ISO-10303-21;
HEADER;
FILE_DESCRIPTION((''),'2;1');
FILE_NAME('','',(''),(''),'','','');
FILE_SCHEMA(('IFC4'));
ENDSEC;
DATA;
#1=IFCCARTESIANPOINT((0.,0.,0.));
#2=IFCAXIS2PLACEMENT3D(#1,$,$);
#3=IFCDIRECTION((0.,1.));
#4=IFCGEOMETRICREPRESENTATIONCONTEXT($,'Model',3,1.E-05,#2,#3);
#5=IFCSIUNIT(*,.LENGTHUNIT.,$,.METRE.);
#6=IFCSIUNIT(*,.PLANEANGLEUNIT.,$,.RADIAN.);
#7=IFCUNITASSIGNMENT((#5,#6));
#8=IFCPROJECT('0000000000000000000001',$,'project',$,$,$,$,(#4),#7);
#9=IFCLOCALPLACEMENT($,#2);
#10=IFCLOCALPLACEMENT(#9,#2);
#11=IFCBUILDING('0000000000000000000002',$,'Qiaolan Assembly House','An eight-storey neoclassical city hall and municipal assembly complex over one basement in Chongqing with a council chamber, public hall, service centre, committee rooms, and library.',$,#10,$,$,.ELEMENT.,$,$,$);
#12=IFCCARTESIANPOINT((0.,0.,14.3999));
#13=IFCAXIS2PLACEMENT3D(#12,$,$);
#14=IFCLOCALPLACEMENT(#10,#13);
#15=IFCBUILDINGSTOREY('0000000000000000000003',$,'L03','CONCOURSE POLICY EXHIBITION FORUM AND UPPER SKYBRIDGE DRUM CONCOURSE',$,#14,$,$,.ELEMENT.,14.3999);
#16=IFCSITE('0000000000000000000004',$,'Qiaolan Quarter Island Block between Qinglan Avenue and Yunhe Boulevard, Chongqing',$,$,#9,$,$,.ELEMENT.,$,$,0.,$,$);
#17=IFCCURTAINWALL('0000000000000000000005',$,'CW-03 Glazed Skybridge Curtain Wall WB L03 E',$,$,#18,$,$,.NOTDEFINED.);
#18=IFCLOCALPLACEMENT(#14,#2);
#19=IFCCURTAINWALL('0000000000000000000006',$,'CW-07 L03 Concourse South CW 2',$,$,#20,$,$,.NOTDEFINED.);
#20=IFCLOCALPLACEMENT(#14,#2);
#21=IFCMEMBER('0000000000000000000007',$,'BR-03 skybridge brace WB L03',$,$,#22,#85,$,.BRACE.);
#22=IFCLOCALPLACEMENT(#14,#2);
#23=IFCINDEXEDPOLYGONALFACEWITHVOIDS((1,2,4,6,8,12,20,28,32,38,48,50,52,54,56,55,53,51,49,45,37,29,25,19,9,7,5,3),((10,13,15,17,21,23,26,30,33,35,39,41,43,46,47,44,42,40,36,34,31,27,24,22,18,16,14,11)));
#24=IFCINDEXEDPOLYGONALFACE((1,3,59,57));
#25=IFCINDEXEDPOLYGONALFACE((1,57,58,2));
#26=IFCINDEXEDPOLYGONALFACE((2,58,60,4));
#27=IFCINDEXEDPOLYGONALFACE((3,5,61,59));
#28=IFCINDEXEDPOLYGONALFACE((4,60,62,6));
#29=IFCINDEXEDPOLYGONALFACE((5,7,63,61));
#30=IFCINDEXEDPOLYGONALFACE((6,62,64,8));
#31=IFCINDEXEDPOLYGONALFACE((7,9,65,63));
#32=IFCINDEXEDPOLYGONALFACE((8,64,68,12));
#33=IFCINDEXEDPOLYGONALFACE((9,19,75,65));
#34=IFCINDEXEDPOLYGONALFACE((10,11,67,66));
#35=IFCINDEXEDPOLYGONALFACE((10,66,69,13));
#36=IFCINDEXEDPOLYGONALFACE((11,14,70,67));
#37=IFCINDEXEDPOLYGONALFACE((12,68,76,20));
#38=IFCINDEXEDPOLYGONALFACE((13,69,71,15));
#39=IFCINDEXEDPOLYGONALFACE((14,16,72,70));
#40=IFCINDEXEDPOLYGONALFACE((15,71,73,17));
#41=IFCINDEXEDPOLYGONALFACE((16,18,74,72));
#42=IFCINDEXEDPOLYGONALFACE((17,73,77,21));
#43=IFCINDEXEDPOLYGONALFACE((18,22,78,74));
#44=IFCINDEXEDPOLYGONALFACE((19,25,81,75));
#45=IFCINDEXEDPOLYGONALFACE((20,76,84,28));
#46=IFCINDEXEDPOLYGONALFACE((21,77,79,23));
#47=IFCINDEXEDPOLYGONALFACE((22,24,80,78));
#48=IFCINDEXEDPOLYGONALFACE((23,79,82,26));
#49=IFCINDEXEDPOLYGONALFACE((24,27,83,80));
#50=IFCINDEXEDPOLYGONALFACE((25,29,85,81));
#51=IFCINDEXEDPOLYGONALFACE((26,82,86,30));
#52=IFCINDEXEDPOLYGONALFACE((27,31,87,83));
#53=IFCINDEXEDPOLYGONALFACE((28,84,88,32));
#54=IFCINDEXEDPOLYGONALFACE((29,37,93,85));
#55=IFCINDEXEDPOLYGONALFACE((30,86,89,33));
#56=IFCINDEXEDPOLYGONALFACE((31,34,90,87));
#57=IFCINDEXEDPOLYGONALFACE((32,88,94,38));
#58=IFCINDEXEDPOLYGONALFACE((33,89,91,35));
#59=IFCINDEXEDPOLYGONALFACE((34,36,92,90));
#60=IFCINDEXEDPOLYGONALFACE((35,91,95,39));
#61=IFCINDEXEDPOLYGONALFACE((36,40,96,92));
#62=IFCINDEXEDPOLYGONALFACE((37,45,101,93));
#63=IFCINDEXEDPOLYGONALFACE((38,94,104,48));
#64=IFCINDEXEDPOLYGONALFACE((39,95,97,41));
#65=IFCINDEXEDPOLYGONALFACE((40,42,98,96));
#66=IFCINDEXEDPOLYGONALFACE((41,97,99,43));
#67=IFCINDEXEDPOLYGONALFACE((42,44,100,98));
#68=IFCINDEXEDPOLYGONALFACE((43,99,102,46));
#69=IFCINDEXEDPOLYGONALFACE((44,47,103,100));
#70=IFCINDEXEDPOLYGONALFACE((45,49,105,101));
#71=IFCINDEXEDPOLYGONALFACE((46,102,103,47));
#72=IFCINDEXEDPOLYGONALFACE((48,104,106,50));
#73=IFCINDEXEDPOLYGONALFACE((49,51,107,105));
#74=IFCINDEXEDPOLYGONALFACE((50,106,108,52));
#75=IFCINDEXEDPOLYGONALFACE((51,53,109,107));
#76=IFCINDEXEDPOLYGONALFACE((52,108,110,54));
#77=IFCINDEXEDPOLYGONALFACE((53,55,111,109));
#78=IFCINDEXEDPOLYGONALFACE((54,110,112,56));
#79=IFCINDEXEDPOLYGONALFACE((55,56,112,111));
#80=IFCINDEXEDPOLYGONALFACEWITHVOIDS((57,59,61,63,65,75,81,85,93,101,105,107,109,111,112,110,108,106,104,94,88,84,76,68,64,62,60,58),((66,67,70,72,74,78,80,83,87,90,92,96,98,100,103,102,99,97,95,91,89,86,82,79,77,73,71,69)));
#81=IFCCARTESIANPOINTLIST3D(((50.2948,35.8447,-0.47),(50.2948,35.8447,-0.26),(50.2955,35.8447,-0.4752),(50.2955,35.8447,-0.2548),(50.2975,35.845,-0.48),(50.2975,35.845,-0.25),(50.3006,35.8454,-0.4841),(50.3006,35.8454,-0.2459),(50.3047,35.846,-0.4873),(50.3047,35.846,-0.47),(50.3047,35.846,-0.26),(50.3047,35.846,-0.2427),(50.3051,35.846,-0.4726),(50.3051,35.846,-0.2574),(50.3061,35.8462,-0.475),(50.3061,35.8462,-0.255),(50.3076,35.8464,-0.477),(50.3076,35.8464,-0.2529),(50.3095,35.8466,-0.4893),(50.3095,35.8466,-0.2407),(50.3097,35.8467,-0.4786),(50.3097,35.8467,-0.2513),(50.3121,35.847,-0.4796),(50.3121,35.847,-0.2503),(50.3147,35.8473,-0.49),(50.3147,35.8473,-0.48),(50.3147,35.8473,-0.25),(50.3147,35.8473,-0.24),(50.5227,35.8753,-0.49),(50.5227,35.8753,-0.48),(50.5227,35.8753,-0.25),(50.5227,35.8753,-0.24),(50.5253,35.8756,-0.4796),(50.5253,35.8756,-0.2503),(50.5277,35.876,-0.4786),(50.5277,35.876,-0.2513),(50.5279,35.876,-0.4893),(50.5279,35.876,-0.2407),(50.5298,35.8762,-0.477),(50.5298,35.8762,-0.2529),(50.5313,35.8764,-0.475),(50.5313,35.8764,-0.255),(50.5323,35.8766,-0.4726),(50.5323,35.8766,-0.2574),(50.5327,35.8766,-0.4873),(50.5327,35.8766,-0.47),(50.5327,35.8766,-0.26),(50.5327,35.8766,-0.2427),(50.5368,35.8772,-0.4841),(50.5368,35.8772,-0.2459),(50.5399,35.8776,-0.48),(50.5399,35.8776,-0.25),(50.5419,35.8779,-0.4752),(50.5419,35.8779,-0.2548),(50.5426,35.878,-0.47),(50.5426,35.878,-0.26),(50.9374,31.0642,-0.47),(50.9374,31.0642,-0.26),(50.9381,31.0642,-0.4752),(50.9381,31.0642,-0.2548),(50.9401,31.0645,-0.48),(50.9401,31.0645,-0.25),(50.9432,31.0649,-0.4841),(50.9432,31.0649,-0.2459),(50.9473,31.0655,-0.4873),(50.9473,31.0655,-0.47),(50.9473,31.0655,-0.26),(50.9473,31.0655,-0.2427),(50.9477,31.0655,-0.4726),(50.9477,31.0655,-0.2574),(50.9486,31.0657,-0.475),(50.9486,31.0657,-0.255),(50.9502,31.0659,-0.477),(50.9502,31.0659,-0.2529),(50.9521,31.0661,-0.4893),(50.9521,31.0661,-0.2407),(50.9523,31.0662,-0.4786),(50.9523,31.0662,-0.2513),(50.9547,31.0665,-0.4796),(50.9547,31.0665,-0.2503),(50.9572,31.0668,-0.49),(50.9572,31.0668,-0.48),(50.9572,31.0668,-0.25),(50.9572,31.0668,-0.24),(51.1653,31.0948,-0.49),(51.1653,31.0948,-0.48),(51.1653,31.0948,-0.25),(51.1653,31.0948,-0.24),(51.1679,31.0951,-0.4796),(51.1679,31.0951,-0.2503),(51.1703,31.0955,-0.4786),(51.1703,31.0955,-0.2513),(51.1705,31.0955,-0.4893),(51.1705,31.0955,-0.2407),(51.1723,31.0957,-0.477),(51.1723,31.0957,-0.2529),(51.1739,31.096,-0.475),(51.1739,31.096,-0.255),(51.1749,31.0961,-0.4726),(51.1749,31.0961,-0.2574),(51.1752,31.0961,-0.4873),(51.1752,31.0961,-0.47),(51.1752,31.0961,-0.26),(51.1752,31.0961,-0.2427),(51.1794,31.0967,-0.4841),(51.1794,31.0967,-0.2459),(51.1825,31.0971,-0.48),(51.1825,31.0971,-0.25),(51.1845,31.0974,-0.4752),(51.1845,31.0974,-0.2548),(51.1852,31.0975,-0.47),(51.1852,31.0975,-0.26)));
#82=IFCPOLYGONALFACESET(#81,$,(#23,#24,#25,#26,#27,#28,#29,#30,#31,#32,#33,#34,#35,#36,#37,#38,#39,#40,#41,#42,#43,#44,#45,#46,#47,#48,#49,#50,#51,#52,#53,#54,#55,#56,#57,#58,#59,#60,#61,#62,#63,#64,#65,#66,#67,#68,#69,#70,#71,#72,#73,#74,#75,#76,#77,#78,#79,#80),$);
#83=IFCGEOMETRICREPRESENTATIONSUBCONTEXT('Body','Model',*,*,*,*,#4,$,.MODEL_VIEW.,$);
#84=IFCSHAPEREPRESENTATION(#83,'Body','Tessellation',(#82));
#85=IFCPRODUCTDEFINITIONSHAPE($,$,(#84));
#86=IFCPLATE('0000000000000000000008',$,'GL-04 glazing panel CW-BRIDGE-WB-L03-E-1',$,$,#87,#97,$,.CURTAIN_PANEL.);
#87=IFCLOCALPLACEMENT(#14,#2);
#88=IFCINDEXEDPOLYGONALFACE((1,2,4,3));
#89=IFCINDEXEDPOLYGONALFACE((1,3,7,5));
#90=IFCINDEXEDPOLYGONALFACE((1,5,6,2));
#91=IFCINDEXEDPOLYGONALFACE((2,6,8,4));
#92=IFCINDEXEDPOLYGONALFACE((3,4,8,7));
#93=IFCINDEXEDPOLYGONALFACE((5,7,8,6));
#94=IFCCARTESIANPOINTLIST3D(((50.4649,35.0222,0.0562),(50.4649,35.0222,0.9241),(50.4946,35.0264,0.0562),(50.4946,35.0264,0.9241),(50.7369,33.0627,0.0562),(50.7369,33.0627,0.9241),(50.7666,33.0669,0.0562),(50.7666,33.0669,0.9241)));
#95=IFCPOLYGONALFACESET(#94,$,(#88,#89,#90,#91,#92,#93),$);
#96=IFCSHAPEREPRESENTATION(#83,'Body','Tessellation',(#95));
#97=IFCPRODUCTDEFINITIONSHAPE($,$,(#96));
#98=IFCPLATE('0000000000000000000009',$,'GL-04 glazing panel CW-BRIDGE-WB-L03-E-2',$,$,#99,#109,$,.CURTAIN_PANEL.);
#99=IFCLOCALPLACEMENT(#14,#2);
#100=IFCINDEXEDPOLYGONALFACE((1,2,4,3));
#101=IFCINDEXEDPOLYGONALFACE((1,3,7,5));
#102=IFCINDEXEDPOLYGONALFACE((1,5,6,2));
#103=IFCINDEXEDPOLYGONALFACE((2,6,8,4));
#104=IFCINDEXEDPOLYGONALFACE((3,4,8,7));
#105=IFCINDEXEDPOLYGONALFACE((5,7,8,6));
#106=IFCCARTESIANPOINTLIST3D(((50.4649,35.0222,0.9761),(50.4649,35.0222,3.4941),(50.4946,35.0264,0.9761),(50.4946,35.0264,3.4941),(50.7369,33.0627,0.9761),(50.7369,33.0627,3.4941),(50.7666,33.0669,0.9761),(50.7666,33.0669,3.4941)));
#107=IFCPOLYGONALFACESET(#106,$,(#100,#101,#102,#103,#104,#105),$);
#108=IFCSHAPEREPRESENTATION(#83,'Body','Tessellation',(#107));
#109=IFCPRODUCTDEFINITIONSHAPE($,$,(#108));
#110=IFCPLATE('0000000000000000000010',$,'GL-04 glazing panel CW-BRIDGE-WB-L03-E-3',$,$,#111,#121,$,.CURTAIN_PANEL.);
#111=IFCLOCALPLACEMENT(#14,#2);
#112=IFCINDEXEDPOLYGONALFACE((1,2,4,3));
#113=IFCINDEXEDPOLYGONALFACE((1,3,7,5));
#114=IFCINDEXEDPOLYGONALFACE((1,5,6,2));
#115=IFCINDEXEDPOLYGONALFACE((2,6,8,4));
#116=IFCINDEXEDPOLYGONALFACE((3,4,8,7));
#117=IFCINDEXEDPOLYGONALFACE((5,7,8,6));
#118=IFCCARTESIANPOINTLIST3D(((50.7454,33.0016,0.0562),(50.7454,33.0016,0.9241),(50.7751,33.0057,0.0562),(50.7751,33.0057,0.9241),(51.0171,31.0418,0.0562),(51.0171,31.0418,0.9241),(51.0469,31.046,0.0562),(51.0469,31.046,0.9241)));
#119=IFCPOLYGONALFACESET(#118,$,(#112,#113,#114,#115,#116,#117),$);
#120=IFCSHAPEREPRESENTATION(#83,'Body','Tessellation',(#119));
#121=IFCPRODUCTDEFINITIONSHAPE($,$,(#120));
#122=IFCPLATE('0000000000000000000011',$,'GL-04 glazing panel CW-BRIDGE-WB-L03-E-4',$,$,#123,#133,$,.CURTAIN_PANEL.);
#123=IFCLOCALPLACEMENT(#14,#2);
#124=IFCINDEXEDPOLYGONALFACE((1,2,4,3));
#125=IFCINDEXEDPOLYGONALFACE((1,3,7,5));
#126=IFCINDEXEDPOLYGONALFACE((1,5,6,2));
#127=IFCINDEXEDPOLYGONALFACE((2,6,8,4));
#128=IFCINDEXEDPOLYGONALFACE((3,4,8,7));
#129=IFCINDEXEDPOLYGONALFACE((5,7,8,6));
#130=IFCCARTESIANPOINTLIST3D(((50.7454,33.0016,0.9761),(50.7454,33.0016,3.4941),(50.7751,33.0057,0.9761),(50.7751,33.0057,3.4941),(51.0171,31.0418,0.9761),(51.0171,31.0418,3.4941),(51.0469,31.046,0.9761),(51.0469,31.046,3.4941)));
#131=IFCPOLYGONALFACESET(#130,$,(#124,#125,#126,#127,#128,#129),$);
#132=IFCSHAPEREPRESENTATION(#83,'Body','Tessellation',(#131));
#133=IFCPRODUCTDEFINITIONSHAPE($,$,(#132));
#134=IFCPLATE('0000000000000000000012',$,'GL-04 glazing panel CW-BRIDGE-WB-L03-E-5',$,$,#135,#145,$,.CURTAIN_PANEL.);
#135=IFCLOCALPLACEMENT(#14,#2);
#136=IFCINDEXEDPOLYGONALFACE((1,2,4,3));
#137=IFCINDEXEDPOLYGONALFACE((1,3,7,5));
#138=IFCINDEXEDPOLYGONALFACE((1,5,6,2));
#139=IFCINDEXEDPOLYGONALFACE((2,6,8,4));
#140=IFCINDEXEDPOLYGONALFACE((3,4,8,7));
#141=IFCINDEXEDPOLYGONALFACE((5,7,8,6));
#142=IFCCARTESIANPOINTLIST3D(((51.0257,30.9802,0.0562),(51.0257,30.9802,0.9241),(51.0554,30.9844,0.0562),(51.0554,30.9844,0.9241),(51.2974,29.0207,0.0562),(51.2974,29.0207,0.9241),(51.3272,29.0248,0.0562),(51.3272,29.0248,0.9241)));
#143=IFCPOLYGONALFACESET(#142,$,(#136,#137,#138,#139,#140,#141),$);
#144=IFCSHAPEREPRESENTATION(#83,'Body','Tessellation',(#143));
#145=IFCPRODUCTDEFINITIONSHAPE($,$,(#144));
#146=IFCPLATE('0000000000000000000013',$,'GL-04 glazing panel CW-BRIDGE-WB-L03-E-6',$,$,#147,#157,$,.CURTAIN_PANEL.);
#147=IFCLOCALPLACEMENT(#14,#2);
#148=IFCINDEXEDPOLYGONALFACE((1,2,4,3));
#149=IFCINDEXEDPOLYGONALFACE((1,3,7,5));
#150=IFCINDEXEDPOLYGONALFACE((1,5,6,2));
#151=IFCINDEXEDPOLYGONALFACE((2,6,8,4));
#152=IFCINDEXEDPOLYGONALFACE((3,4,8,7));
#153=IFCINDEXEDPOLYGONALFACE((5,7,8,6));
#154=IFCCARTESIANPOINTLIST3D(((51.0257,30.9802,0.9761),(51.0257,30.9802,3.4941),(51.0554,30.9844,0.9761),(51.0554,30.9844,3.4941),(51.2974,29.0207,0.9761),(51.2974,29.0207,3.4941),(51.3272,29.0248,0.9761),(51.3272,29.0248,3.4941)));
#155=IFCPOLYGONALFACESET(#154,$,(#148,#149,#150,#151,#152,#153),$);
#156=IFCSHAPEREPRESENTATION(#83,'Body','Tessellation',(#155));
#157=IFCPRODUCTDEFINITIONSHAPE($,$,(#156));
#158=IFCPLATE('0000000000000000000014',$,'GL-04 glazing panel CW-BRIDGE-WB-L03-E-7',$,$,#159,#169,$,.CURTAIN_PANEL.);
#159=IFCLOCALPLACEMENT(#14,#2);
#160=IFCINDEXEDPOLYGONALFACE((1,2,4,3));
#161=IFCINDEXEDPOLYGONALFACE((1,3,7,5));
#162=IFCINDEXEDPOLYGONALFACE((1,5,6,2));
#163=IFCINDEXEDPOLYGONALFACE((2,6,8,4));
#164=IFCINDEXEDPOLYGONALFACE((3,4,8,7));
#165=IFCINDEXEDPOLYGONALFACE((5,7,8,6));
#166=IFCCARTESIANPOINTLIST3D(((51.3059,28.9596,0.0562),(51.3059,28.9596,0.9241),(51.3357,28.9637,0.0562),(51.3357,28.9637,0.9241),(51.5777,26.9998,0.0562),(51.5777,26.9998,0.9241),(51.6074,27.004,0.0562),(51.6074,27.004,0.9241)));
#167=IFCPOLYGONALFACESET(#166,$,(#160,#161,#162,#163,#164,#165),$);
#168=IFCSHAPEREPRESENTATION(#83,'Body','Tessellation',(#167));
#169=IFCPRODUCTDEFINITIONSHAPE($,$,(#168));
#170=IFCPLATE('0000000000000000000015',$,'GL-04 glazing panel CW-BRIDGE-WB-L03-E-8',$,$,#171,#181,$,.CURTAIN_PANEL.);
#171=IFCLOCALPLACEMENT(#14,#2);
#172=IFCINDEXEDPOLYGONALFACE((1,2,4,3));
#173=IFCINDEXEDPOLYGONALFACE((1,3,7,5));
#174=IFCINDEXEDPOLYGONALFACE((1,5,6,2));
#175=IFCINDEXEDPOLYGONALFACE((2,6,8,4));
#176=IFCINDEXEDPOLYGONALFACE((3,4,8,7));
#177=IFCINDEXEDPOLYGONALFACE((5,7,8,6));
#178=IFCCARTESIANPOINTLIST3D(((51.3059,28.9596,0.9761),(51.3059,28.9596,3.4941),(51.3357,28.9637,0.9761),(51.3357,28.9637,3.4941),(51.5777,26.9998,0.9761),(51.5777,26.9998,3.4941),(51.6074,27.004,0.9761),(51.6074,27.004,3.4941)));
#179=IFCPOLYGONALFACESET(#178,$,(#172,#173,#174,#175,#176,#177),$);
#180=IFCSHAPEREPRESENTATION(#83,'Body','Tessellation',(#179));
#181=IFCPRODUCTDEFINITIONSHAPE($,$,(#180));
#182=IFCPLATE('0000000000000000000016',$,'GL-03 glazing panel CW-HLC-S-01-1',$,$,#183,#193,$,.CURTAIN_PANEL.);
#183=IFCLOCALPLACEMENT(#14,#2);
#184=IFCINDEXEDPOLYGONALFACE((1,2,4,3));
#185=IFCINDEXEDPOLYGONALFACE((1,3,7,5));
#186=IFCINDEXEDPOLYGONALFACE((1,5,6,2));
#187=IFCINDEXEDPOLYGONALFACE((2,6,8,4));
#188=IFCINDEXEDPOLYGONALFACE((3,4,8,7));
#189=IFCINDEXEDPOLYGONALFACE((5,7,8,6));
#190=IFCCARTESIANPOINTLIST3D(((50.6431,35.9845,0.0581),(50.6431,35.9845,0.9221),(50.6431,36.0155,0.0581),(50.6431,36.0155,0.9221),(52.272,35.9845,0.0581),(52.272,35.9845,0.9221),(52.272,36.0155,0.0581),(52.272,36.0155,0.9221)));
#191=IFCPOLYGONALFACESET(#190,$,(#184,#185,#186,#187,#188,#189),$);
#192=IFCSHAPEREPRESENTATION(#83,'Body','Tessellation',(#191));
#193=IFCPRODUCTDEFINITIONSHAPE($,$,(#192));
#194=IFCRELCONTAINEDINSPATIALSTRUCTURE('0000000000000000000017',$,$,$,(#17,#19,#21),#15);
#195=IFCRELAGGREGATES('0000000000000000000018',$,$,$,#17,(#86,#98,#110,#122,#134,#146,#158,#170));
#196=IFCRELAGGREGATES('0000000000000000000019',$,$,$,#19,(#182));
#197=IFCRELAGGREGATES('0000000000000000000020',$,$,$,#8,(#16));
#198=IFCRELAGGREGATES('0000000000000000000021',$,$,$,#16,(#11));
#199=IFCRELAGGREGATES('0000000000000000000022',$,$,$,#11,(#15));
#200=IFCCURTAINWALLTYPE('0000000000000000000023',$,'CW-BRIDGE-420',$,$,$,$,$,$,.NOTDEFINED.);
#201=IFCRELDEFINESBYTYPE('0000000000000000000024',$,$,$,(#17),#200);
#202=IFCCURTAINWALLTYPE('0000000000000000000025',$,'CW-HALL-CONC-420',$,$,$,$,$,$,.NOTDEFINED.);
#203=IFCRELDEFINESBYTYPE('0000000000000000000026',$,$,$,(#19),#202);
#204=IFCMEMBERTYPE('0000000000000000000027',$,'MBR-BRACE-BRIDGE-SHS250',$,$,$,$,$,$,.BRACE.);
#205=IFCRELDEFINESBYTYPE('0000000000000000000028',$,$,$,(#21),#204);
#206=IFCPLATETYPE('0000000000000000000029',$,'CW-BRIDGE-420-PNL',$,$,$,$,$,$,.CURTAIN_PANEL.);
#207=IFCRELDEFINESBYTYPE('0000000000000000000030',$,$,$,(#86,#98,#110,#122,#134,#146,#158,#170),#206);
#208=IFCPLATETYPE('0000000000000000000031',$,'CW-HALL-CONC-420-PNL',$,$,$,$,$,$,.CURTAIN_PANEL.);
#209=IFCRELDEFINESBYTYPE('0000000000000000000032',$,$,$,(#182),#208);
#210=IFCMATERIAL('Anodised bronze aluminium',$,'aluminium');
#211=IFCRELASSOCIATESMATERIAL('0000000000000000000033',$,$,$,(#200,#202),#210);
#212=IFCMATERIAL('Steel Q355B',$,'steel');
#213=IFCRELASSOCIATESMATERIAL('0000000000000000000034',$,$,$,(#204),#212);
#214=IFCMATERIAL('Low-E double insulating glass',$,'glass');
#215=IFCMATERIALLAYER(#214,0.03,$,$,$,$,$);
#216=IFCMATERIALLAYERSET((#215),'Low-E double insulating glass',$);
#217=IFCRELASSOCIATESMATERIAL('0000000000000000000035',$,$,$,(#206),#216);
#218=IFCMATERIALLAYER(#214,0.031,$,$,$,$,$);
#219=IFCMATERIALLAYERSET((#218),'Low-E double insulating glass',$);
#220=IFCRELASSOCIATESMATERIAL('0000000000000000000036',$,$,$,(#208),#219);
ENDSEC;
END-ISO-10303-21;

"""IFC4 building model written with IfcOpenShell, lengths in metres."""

from ifc_helpers import new_model, si_unit, direction, frame, frame_2d, origin, origin_2d, place, context, subcontext, project, spatial, rectangle, hollow_rectangle, extrude, material, layer, layer_set, material_profile, profile_set, type_object, element, aggregate, save


model = new_model("IFC4")

# Units and contexts
model_context = context("Model", 3, precision=1e-05, world=origin(), true_north=direction((0.0, 1.0)))
body_context = subcontext(model_context, "Body", "Model", "MODEL_VIEW")
ifc_project = project(units=[si_unit("LENGTHUNIT", "METRE"), si_unit("PLANEANGLEUNIT", "RADIAN")], contexts=[model_context])

# Site, building, storey
site_placement = place(None, origin())
site = spatial("IfcSite", under=ifc_project, at=site_placement, Name="Qiaolan Quarter Island Block between Qinglan Avenue and Yunhe Boulevard, Chongqing", CompositionType="ELEMENT", RefElevation=0.0)
building_placement = place(site_placement, origin())
building = spatial("IfcBuilding", under=site, at=building_placement, Name="Qiaolan Assembly House", Description="An eight-storey neoclassical city hall and municipal assembly complex over one basement in Chongqing with a council chamber, public hall, service centre, committee rooms, and library.", CompositionType="ELEMENT")
storey_placement = place(building_placement, frame((0.0, 0.0, 14.3999)))
storey = spatial("IfcBuildingStorey", under=building, at=storey_placement, Name="L03", Description="CONCOURSE POLICY EXHIBITION FORUM AND UPPER SKYBRIDGE DRUM CONCOURSE", CompositionType="ELEMENT", Elevation=14.3999)

# Shared definitions
ifc_material_1 = material(Name="Steel Q355B", Category="steel")

# Curtain walls
ifc_material_2 = material(Name="Anodised bronze aluminium", Category="aluminium")
curtain_wall_type_1 = type_object("IfcCurtainWallType", Name="CW-BRIDGE-420", PredefinedType="NOTDEFINED", material=ifc_material_2)
curtain_wall_1_placement = place(storey_placement, origin())
curtain_wall_1 = element("IfcCurtainWall", 1, at=curtain_wall_1_placement, inside=storey, type_object=curtain_wall_type_1, Name="CW-03 Glazed Skybridge Curtain Wall WB L03 E", PredefinedType="NOTDEFINED")
curtain_wall_type_2 = type_object("IfcCurtainWallType", Name="CW-HALL-CONC-420", PredefinedType="NOTDEFINED", material=ifc_material_2)
curtain_wall_2_placement = place(storey_placement, origin())
curtain_wall_2 = element("IfcCurtainWall", 2, at=curtain_wall_2_placement, inside=storey, type_object=curtain_wall_type_2, Name="CW-07 L03 Concourse South CW 2", PredefinedType="NOTDEFINED")

# Member
ifc_material_profile_1 = material_profile(ifc_material_1, hollow_rectangle(XDim=0.25, YDim=0.25, WallThickness=0.01, InnerFilletRadius=0.01, OuterFilletRadius=0.02, at=origin_2d()), Name="SHS 250x250x10")
ifc_profile_set_1 = profile_set([ifc_material_profile_1], Name="Steel Q355B")
member_type_1 = type_object("IfcMemberType", Name="MBR-BRACE-BRIDGE-SHS250", PredefinedType="BRACE", material=ifc_profile_set_1)
member_1_placement = place(storey_placement, frame((51.0613, 31.0808, -0.365), z_axis=(-0.133218, 0.991087, 0.0), x_axis=(-0.991087, -0.133218, 0.0)))
element("IfcMember", 3, at=member_1_placement, inside=storey, type_object=member_type_1, Name="BR-03 skybridge brace WB L03", PredefinedType="BRACE", context=body_context, shape_type="SweptSolid", body=[
    extrude(hollow_rectangle(XDim=0.25, YDim=0.25, WallThickness=0.01, InnerFilletRadius=0.01, OuterFilletRadius=0.02, at=origin_2d()), origin(), (0.0, 0.0, 1.0), 4.8235),
])

# Plates
ifc_material_3 = material(Name="Low-E double insulating glass", Category="glass")
ifc_layer_1 = layer(ifc_material_3, 0.03)
ifc_layer_set_1 = layer_set([ifc_layer_1], Name="Low-E double insulating glass")
plate_type_1 = type_object("IfcPlateType", Name="CW-BRIDGE-420-PNL", PredefinedType="CURTAIN_PANEL", material=ifc_layer_set_1)
plate_1_placement = place(storey_placement, frame((50.4797, 35.0244, 0.0562), z_axis=(0.0, 0.0, 1.0), x_axis=(0.137481, -0.990504, 0.0)))
plate_1 = element("IfcPlate", 4, at=plate_1_placement, type_object=plate_type_1, Name="GL-04 glazing panel CW-BRIDGE-WB-L03-E-1", PredefinedType="CURTAIN_PANEL", context=body_context, shape_type="SweptSolid", body=[
    extrude(rectangle(XDim=1.9783, YDim=0.03, at=frame_2d((0.9893, 0.0))), origin(), (0.0, 0.0, 1.0), 0.8679),
])
plate_2_placement = place(storey_placement, frame((50.4797, 35.0244, 0.9761), z_axis=(0.0, 0.0, 1.0), x_axis=(0.137481, -0.990504, 0.0)))
plate_2 = element("IfcPlate", 5, at=plate_2_placement, type_object=plate_type_1, Name="GL-04 glazing panel CW-BRIDGE-WB-L03-E-2", PredefinedType="CURTAIN_PANEL", context=body_context, shape_type="SweptSolid", body=[
    extrude(rectangle(XDim=1.9783, YDim=0.03, at=frame_2d((0.9893, 0.0))), origin(), (0.0, 0.0, 1.0), 2.5181),
])
plate_3_placement = place(storey_placement, frame((50.7603, 33.0037, 0.0562), z_axis=(0.0, 0.0, 1.0), x_axis=(0.137343, -0.990524, 0.0)))
plate_3 = element("IfcPlate", 6, at=plate_3_placement, type_object=plate_type_1, Name="GL-04 glazing panel CW-BRIDGE-WB-L03-E-3", PredefinedType="CURTAIN_PANEL", context=body_context, shape_type="SweptSolid", body=[
    extrude(rectangle(XDim=1.9785, YDim=0.03, at=frame_2d((0.9893, 0.0))), origin(), (0.0, 0.0, 1.0), 0.8679),
])
plate_4_placement = place(storey_placement, frame((50.7603, 33.0037, 0.9761), z_axis=(0.0, 0.0, 1.0), x_axis=(0.137343, -0.990524, 0.0)))
plate_4 = element("IfcPlate", 7, at=plate_4_placement, type_object=plate_type_1, Name="GL-04 glazing panel CW-BRIDGE-WB-L03-E-4", PredefinedType="CURTAIN_PANEL", context=body_context, shape_type="SweptSolid", body=[
    extrude(rectangle(XDim=1.9785, YDim=0.03, at=frame_2d((0.9893, 0.0))), origin(), (0.0, 0.0, 1.0), 2.5181),
])
plate_5_placement = place(storey_placement, frame((51.0405, 30.9824, 0.0562), z_axis=(0.0, 0.0, 1.0), x_axis=(0.13736, -0.990521, 0.0)))
plate_5 = element("IfcPlate", 8, at=plate_5_placement, type_object=plate_type_1, Name="GL-04 glazing panel CW-BRIDGE-WB-L03-E-5", PredefinedType="CURTAIN_PANEL", context=body_context, shape_type="SweptSolid", body=[
    extrude(rectangle(XDim=1.9783, YDim=0.03, at=frame_2d((0.9893, 0.0))), origin(), (0.0, 0.0, 1.0), 0.8679),
])
plate_6_placement = place(storey_placement, frame((51.0405, 30.9824, 0.9761), z_axis=(0.0, 0.0, 1.0), x_axis=(0.13736, -0.990521, 0.0)))
plate_6 = element("IfcPlate", 9, at=plate_6_placement, type_object=plate_type_1, Name="GL-04 glazing panel CW-BRIDGE-WB-L03-E-6", PredefinedType="CURTAIN_PANEL", context=body_context, shape_type="SweptSolid", body=[
    extrude(rectangle(XDim=1.9783, YDim=0.03, at=frame_2d((0.9893, 0.0))), origin(), (0.0, 0.0, 1.0), 2.5181),
])
plate_7_placement = place(storey_placement, frame((51.3208, 28.9617, 0.0562), z_axis=(0.0, 0.0, 1.0), x_axis=(0.137343, -0.990524, 0.0)))
plate_7 = element("IfcPlate", 10, at=plate_7_placement, type_object=plate_type_1, Name="GL-04 glazing panel CW-BRIDGE-WB-L03-E-7", PredefinedType="CURTAIN_PANEL", context=body_context, shape_type="SweptSolid", body=[
    extrude(rectangle(XDim=1.9785, YDim=0.03, at=frame_2d((0.9893, 0.0))), origin(), (0.0, 0.0, 1.0), 0.8679),
])
plate_8_placement = place(storey_placement, frame((51.3208, 28.9617, 0.9761), z_axis=(0.0, 0.0, 1.0), x_axis=(0.137343, -0.990524, 0.0)))
plate_8 = element("IfcPlate", 11, at=plate_8_placement, type_object=plate_type_1, Name="GL-04 glazing panel CW-BRIDGE-WB-L03-E-8", PredefinedType="CURTAIN_PANEL", context=body_context, shape_type="SweptSolid", body=[
    extrude(rectangle(XDim=1.9785, YDim=0.03, at=frame_2d((0.9893, 0.0))), origin(), (0.0, 0.0, 1.0), 2.5181),
])
aggregate(curtain_wall_1, [plate_1, plate_2, plate_3, plate_4, plate_5, plate_6, plate_7, plate_8])
ifc_layer_2 = layer(ifc_material_3, 0.031)
ifc_layer_set_2 = layer_set([ifc_layer_2], Name="Low-E double insulating glass")
plate_type_2 = type_object("IfcPlateType", Name="CW-HALL-CONC-420-PNL", PredefinedType="CURTAIN_PANEL", material=ifc_layer_set_2)
plate_9_placement = place(storey_placement, frame((50.6431, 36.0, 0.0581), z_axis=(0.0, 0.0, 1.0), x_axis=(1.0, 0.0, 0.0)))
plate_9 = element("IfcPlate", 12, at=plate_9_placement, type_object=plate_type_2, Name="GL-03 glazing panel CW-HLC-S-01-1", PredefinedType="CURTAIN_PANEL", context=body_context, shape_type="SweptSolid", body=[
    extrude(rectangle(XDim=1.6289, YDim=0.031, at=frame_2d((0.8145, 0.0))), origin(), (0.0, 0.0, 1.0), 0.864),
])
aggregate(curtain_wall_2, [plate_9])

save(model, "model.ifc")
